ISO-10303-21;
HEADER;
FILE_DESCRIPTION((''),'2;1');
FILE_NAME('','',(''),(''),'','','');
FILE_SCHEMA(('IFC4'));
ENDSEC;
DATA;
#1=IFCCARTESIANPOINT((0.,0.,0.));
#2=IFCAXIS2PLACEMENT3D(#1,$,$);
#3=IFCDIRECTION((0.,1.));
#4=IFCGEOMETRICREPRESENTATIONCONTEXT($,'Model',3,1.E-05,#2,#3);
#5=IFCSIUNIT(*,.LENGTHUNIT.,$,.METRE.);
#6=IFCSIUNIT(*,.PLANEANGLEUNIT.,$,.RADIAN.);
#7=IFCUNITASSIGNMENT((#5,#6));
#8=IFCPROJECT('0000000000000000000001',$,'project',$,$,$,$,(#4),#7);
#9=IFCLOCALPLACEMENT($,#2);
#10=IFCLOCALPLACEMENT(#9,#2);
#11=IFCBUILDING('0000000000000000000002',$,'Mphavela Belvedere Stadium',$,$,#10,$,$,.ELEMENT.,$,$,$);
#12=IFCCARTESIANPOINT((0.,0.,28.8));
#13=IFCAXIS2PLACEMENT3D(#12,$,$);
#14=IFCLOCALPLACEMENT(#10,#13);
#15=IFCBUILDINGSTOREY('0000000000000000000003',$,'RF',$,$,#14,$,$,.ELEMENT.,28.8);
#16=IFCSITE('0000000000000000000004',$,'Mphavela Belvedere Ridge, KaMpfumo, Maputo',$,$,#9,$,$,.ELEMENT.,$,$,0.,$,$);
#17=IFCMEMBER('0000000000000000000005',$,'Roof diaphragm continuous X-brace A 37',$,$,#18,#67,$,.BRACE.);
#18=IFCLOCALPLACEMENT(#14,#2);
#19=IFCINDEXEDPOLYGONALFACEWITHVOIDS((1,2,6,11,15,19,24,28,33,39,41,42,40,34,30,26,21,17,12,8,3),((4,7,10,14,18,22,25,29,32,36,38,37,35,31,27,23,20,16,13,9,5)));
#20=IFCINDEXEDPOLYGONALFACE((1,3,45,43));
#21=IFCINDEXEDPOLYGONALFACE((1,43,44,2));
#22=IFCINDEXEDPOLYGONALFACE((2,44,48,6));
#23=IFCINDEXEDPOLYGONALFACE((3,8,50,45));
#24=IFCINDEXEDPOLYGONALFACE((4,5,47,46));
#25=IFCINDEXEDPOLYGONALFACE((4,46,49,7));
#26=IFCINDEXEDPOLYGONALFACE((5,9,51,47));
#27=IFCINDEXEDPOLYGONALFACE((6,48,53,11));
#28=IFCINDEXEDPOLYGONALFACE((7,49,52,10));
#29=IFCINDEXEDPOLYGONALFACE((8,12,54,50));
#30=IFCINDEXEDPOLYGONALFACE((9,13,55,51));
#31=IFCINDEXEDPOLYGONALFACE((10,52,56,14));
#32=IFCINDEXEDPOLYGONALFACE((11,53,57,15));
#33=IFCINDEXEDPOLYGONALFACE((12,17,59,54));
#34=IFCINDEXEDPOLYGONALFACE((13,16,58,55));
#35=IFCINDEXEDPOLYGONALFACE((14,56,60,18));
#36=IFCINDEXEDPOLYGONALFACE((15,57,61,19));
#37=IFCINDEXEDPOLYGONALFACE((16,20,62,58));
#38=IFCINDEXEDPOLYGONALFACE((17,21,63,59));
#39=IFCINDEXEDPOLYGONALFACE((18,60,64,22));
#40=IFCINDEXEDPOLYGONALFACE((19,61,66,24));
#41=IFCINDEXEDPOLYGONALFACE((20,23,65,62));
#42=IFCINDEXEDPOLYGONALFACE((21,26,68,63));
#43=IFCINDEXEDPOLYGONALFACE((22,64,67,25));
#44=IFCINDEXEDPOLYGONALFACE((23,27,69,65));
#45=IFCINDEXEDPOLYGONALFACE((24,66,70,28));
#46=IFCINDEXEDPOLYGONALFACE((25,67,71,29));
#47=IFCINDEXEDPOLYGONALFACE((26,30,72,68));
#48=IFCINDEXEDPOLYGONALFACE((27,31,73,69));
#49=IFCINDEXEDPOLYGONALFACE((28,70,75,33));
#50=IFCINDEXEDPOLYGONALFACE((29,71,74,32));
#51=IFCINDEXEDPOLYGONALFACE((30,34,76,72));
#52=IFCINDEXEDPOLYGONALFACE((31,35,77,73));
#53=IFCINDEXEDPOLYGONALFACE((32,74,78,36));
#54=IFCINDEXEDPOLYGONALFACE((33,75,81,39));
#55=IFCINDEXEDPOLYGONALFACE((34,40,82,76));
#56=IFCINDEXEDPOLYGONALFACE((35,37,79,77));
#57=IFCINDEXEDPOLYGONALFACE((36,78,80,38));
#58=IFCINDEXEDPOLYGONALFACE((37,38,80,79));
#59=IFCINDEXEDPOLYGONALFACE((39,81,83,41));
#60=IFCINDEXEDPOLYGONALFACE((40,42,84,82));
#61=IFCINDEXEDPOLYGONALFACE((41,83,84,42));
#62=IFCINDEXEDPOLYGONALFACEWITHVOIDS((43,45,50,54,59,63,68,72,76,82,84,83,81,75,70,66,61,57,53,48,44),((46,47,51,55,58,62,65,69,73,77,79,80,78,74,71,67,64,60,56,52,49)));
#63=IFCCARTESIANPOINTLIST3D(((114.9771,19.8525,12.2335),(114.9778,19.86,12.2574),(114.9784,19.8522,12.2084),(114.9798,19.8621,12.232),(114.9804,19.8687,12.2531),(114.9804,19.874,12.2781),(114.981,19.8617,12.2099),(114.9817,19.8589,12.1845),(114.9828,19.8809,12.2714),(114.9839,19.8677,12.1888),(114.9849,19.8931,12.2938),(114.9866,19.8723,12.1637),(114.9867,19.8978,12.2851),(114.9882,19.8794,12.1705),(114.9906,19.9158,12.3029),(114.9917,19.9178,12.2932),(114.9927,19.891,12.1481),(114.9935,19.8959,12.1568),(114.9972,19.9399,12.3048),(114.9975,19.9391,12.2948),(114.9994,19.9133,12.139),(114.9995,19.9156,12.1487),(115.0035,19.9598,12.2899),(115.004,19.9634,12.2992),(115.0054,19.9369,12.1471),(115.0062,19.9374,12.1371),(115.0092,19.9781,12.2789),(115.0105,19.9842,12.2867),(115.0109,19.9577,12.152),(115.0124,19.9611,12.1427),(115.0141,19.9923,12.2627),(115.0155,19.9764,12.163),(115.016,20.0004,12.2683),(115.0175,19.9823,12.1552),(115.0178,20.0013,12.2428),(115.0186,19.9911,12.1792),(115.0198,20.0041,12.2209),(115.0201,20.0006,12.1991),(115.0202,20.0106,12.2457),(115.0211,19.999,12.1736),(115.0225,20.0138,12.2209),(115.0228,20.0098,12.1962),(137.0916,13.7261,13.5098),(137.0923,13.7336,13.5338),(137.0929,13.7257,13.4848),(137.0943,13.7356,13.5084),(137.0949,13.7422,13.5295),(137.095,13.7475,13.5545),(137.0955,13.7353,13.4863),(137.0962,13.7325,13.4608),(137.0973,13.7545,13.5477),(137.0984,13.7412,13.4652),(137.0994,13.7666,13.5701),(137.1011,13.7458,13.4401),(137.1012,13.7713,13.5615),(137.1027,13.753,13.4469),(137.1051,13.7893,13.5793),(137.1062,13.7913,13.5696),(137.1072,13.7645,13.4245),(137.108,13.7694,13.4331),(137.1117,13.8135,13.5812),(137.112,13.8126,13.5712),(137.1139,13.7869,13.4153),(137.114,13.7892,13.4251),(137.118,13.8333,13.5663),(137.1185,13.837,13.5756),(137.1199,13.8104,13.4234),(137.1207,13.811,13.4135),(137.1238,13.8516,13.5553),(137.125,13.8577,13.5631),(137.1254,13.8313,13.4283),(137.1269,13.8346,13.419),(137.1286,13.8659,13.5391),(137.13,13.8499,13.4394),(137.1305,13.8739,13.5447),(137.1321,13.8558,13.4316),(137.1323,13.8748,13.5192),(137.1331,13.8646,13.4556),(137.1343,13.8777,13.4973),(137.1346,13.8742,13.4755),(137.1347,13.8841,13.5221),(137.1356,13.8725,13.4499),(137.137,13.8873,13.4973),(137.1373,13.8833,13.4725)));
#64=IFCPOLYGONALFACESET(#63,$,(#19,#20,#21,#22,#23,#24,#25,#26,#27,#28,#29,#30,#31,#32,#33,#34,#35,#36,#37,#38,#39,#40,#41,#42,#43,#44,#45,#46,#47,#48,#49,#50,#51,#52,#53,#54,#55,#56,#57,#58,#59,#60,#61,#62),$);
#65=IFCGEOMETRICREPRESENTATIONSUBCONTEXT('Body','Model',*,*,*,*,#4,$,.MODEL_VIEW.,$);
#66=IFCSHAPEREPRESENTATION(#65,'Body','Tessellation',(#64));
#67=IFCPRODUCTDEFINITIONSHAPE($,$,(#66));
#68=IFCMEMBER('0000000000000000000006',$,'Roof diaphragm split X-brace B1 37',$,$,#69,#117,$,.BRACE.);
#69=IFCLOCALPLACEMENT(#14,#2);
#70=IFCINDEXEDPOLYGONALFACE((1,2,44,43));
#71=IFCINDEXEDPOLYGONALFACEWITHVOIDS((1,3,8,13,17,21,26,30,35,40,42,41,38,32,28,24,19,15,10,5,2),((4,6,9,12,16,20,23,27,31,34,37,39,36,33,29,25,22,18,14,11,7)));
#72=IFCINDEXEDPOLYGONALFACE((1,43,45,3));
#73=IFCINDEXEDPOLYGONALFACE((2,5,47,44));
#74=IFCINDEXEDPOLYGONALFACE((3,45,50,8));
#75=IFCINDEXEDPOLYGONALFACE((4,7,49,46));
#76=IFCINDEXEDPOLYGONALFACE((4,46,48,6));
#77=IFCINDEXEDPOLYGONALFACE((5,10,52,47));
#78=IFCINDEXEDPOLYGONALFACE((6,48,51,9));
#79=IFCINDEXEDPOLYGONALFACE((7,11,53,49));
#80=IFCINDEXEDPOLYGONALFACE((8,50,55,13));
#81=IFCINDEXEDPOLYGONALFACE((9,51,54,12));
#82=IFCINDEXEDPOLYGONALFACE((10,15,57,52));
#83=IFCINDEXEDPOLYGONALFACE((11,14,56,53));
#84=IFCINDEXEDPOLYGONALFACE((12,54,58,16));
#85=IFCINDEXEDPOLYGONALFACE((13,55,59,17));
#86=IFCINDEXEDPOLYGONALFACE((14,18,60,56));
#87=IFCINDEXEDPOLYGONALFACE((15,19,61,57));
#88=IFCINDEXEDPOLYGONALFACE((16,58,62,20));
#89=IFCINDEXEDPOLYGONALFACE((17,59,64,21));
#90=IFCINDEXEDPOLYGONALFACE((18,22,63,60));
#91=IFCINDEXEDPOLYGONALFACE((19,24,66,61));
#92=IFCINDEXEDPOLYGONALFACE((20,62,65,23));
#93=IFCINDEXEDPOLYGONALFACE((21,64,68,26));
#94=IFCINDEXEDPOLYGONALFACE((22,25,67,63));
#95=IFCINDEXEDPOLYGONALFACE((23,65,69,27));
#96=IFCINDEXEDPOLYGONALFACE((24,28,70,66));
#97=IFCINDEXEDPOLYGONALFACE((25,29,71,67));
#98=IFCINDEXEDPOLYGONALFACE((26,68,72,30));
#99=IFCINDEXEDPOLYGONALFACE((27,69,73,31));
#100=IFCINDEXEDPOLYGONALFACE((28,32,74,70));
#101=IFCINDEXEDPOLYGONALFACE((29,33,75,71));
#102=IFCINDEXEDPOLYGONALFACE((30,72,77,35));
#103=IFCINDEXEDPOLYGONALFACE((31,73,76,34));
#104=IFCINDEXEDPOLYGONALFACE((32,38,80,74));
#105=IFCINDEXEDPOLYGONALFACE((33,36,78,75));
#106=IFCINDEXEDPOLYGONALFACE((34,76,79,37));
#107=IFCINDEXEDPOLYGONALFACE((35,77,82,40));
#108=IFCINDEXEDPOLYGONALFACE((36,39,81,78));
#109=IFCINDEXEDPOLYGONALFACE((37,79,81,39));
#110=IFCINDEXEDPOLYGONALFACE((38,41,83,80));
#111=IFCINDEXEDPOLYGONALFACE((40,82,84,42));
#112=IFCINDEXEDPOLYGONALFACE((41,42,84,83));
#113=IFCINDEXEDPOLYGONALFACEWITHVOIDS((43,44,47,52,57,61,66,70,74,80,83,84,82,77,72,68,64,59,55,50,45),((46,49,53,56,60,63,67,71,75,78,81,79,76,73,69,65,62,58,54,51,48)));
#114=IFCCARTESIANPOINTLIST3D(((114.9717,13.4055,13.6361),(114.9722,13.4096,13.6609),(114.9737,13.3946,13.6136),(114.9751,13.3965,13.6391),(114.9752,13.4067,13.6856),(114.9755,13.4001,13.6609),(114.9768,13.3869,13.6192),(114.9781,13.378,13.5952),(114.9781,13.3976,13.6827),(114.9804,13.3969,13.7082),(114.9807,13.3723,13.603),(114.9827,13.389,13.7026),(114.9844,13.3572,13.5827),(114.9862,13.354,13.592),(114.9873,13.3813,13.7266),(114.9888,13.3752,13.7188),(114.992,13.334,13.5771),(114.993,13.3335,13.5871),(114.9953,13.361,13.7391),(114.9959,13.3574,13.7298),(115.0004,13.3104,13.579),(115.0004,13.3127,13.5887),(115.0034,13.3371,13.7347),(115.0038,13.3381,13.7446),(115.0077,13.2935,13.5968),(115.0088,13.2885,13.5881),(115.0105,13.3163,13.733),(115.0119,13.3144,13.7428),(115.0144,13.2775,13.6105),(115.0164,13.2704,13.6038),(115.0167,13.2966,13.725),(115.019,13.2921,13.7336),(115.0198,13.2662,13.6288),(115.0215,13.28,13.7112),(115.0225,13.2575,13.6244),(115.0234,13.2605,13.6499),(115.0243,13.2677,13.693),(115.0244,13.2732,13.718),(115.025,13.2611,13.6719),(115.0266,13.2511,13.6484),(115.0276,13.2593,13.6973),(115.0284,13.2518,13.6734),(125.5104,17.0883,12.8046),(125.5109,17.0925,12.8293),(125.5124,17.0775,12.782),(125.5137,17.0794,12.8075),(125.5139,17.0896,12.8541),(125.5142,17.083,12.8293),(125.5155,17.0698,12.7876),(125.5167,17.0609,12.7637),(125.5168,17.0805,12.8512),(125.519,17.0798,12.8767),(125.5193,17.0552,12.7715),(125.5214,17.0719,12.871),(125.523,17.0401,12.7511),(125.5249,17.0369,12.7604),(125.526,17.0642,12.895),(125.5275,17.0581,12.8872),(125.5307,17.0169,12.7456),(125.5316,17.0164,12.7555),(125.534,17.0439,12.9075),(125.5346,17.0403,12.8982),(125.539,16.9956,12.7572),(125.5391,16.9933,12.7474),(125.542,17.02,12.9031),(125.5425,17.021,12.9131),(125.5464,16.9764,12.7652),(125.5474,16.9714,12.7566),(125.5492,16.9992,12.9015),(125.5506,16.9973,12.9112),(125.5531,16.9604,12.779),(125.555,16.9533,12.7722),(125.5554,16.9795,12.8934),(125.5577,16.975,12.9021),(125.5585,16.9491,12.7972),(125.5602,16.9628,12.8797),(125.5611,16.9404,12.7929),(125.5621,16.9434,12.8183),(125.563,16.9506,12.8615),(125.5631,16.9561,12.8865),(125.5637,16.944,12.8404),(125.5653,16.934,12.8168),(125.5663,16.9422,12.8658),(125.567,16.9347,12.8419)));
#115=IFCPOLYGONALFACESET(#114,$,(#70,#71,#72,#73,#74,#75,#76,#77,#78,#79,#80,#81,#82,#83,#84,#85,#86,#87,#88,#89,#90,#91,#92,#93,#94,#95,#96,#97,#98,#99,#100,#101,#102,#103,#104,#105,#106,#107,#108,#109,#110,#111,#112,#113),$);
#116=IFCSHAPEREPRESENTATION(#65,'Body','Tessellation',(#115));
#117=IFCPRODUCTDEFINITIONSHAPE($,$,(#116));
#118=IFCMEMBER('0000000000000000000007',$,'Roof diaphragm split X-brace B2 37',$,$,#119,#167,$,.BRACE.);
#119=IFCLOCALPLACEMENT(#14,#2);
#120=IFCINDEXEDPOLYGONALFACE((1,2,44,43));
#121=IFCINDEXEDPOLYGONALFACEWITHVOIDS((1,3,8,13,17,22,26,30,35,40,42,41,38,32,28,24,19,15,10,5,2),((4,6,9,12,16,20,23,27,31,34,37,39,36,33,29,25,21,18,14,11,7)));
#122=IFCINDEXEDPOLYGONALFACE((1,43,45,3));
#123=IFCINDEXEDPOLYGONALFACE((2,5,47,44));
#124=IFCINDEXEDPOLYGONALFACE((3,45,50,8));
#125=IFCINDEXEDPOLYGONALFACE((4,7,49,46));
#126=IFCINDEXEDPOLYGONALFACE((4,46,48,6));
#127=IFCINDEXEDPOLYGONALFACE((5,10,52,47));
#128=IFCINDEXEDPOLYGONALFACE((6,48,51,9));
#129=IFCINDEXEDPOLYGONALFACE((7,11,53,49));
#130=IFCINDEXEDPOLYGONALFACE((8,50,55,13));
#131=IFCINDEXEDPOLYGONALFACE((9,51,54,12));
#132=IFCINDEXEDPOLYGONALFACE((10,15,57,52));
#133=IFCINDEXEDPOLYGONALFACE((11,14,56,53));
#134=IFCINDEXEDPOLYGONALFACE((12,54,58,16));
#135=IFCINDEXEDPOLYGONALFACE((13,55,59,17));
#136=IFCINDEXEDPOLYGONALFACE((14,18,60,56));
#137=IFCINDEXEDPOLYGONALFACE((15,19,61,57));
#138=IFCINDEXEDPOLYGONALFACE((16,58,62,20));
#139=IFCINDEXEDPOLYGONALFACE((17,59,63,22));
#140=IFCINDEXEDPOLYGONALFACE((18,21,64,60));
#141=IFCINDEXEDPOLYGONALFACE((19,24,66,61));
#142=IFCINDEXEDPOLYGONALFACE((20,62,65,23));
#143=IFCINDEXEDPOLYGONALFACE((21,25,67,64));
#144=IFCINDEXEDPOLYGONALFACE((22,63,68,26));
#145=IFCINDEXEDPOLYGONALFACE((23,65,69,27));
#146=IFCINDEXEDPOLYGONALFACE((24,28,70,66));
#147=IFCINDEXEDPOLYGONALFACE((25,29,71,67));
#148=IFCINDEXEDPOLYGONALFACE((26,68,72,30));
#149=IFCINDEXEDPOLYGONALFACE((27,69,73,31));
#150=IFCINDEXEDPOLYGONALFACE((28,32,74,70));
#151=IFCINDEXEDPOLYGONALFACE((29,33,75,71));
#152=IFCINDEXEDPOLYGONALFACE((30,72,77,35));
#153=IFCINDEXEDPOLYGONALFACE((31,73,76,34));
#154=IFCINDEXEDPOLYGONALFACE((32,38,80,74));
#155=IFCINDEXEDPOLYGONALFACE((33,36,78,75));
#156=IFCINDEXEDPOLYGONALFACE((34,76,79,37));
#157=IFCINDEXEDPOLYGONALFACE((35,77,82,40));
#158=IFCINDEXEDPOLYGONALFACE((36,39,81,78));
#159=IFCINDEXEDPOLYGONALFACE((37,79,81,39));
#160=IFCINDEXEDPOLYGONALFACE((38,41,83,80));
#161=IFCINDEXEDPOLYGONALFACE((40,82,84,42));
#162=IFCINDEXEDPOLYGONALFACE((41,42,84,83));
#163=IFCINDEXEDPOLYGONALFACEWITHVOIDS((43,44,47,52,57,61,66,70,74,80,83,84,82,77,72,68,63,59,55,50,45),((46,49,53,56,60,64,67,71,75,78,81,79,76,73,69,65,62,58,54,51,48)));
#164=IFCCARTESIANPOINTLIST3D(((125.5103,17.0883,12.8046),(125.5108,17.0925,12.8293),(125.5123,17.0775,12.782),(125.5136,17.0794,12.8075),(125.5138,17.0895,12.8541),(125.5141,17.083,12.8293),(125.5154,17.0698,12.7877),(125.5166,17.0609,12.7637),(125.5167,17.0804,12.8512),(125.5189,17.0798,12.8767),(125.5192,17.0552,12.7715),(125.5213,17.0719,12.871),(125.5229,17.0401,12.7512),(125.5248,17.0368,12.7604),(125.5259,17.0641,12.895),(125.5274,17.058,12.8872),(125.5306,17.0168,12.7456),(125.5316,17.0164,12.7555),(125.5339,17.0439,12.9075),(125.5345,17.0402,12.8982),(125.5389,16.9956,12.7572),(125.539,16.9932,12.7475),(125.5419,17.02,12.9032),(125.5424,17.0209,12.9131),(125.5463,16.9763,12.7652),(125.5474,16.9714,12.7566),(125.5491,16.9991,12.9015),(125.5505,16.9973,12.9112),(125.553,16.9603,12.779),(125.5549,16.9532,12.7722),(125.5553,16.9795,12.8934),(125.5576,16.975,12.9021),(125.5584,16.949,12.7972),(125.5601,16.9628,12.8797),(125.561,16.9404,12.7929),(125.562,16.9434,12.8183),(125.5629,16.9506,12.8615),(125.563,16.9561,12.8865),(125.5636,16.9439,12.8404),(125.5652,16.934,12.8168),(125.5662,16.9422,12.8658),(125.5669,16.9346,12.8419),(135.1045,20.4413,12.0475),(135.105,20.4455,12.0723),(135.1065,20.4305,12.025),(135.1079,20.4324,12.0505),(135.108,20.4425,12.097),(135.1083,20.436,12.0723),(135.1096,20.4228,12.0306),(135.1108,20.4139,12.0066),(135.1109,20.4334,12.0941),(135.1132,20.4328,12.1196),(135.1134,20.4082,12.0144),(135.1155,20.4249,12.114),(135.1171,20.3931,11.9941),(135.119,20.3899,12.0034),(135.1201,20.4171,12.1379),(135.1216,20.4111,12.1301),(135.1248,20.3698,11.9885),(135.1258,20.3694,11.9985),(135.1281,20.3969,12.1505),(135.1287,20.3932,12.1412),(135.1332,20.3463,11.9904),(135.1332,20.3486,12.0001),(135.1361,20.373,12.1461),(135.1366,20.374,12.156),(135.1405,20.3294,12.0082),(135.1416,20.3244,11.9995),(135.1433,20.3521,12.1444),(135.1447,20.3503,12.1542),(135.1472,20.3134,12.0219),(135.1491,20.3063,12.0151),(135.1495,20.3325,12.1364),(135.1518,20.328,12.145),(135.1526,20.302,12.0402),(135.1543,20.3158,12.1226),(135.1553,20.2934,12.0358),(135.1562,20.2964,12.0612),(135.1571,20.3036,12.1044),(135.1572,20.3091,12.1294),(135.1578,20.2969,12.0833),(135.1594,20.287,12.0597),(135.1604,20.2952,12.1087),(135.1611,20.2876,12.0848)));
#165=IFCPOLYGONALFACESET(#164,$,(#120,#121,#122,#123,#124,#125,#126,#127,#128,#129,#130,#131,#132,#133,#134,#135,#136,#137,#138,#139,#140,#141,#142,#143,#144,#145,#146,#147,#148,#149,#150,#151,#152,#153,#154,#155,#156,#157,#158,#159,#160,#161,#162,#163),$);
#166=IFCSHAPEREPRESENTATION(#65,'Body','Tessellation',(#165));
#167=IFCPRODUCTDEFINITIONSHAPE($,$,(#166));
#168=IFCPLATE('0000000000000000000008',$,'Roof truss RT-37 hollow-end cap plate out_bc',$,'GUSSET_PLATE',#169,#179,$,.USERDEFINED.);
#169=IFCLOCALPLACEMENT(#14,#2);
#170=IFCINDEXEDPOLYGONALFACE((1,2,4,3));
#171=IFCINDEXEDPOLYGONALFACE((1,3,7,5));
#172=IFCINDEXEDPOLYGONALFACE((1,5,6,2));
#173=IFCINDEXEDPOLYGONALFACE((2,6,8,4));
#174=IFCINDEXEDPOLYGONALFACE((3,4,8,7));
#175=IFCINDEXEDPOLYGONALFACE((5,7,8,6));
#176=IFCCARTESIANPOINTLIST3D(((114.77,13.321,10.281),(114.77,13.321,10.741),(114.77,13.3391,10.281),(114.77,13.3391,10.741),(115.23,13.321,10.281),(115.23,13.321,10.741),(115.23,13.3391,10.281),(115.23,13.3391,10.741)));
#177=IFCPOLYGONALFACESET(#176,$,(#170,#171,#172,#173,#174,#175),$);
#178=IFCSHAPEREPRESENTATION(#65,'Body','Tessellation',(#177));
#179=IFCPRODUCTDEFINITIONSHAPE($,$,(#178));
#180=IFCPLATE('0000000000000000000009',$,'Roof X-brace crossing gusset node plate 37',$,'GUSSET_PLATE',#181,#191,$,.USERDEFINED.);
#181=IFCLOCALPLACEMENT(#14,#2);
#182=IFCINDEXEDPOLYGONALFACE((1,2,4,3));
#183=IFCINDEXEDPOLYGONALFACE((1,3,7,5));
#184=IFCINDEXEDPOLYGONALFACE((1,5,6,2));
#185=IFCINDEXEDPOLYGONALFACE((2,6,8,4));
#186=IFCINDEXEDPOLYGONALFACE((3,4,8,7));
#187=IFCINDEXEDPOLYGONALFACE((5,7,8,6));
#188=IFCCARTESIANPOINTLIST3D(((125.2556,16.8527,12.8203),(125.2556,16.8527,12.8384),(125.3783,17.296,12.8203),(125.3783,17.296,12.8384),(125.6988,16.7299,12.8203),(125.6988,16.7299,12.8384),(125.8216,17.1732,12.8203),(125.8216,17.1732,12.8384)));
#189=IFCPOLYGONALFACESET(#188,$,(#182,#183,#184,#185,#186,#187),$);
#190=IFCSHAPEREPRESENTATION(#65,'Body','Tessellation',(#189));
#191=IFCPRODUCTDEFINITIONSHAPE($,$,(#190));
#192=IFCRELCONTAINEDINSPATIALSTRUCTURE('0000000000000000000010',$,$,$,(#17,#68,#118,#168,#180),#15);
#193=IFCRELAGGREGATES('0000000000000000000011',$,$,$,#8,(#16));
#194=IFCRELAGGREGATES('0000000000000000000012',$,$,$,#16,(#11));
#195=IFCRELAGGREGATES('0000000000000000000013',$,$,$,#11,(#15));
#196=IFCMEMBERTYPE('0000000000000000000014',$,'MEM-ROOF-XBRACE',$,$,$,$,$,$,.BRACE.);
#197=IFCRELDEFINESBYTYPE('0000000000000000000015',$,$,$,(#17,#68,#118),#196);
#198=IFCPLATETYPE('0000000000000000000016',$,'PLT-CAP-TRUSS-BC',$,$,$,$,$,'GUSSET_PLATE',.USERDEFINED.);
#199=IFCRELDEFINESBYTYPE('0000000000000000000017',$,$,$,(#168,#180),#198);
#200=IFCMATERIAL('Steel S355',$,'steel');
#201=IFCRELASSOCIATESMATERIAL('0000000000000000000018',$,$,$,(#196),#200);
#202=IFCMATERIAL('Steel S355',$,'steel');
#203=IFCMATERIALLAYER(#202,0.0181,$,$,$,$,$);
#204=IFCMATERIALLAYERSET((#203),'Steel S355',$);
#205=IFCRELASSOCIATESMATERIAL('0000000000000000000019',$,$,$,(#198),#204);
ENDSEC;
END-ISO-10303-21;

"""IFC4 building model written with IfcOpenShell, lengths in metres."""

from ifc_helpers import new_model, si_unit, direction, frame, origin, origin_2d, place, context, subcontext, project, spatial, rectangle, hollow_circle, extrude, material, layer, layer_set, material_profile, profile_set, type_object, element, save


model = new_model("IFC4")

# Units and contexts
model_context = context("Model", 3, precision=1e-05, world=origin(), true_north=direction((0.0, 1.0)))
body_context = subcontext(model_context, "Body", "Model", "MODEL_VIEW")
ifc_project = project(units=[si_unit("LENGTHUNIT", "METRE"), si_unit("PLANEANGLEUNIT", "RADIAN")], contexts=[model_context])

# Site, building, storey
site_placement = place(None, origin())
site = spatial("IfcSite", under=ifc_project, at=site_placement, Name="Mphavela Belvedere Ridge, KaMpfumo, Maputo", CompositionType="ELEMENT", RefElevation=0.0)
building_placement = place(site_placement, origin())
building = spatial("IfcBuilding", under=site, at=building_placement, Name="Mphavela Belvedere Stadium", CompositionType="ELEMENT")
storey_placement = place(building_placement, frame((0.0, 0.0, 28.8)))
storey = spatial("IfcBuildingStorey", under=building, at=storey_placement, Name="RF", CompositionType="ELEMENT", Elevation=28.8)

# Members
ifc_material_1 = material(Name="Steel S355", Category="steel")
ifc_material_profile_1 = material_profile(ifc_material_1, hollow_circle(Radius=0.0842, WallThickness=0.01, at=origin_2d()), Name="CHS 168.3x10")
ifc_profile_set_1 = profile_set([ifc_material_profile_1], Name="Steel S355")
member_type_1 = type_object("IfcMemberType", Name="MEM-ROOF-XBRACE", PredefinedType="BRACE", material=ifc_profile_set_1)
member_1_placement = place(storey_placement, frame((115.0, 19.9326, 12.2209), z_axis=(0.962215, -0.266566, 0.055536), x_axis=(0.266978, 0.963703, 0.0)))
element("IfcMember", 1, at=member_1_placement, inside=storey, type_object=member_type_1, Name="Roof diaphragm continuous X-brace A 37", PredefinedType="BRACE", context=body_context, shape_type="SweptSolid", body=[
    extrude(hollow_circle(Radius=0.0842, WallThickness=0.01, at=origin_2d()), origin(), (0.0, 0.0, 1.0), 22.9829),
])
member_2_placement = place(storey_placement, frame((115.0, 13.3301, 13.6609), z_axis=(0.941408, 0.328989, -0.074281), x_axis=(-0.3299, 0.944016, 0.0)))
element("IfcMember", 2, at=member_2_placement, inside=storey, type_object=member_type_1, Name="Roof diaphragm split X-brace B1 37", PredefinedType="BRACE", context=body_context, shape_type="SweptSolid", body=[
    extrude(hollow_circle(Radius=0.0842, WallThickness=0.01, at=origin_2d()), origin(), (0.0, 0.0, 1.0), 11.1946),
])
member_3_placement = place(storey_placement, frame((125.5386, 17.0129, 12.8293), z_axis=(0.941402, 0.329004, -0.074286), x_axis=(-0.329916, 0.94401, 0.0)))
element("IfcMember", 3, at=member_3_placement, inside=storey, type_object=member_type_1, Name="Roof diaphragm split X-brace B2 37", PredefinedType="BRACE", context=body_context, shape_type="SweptSolid", body=[
    extrude(hollow_circle(Radius=0.0842, WallThickness=0.01, at=origin_2d()), origin(), (0.0, 0.0, 1.0), 10.1914),
])

# Plates
ifc_material_2 = material(Name="Steel S355", Category="steel")
ifc_layer_1 = layer(ifc_material_2, 0.0181)
ifc_layer_set_1 = layer_set([ifc_layer_1], Name="Steel S355")
plate_type_1 = type_object("IfcPlateType", Name="PLT-CAP-TRUSS-BC", ElementType="GUSSET_PLATE", PredefinedType="USERDEFINED", material=ifc_layer_set_1)
plate_1_placement = place(storey_placement, frame((115.0, 13.3301, 10.281), z_axis=(0.0, 0.0, 1.0), x_axis=(0.0, -1.0, 0.0)))
element("IfcPlate", 4, at=plate_1_placement, inside=storey, type_object=plate_type_1, Name="Roof truss RT-37 hollow-end cap plate out_bc", ObjectType="GUSSET_PLATE", PredefinedType="USERDEFINED", context=body_context, shape_type="SweptSolid", body=[
    extrude(rectangle(XDim=0.0181, YDim=0.46, at=origin_2d()), origin(), (0.0, 0.0, 1.0), 0.46),
])
plate_2_placement = place(storey_placement, frame((125.5386, 17.0129, 12.8203), z_axis=(0.0, 0.0, 1.0), x_axis=(0.963724, -0.266902, 0.0)))
element("IfcPlate", 5, at=plate_2_placement, inside=storey, type_object=plate_type_1, Name="Roof X-brace crossing gusset node plate 37", ObjectType="GUSSET_PLATE", PredefinedType="USERDEFINED", context=body_context, shape_type="SweptSolid", body=[
    extrude(rectangle(XDim=0.46, YDim=0.46, at=origin_2d()), origin(), (0.0, 0.0, 1.0), 0.0181),
])

save(model, "model.ifc")
